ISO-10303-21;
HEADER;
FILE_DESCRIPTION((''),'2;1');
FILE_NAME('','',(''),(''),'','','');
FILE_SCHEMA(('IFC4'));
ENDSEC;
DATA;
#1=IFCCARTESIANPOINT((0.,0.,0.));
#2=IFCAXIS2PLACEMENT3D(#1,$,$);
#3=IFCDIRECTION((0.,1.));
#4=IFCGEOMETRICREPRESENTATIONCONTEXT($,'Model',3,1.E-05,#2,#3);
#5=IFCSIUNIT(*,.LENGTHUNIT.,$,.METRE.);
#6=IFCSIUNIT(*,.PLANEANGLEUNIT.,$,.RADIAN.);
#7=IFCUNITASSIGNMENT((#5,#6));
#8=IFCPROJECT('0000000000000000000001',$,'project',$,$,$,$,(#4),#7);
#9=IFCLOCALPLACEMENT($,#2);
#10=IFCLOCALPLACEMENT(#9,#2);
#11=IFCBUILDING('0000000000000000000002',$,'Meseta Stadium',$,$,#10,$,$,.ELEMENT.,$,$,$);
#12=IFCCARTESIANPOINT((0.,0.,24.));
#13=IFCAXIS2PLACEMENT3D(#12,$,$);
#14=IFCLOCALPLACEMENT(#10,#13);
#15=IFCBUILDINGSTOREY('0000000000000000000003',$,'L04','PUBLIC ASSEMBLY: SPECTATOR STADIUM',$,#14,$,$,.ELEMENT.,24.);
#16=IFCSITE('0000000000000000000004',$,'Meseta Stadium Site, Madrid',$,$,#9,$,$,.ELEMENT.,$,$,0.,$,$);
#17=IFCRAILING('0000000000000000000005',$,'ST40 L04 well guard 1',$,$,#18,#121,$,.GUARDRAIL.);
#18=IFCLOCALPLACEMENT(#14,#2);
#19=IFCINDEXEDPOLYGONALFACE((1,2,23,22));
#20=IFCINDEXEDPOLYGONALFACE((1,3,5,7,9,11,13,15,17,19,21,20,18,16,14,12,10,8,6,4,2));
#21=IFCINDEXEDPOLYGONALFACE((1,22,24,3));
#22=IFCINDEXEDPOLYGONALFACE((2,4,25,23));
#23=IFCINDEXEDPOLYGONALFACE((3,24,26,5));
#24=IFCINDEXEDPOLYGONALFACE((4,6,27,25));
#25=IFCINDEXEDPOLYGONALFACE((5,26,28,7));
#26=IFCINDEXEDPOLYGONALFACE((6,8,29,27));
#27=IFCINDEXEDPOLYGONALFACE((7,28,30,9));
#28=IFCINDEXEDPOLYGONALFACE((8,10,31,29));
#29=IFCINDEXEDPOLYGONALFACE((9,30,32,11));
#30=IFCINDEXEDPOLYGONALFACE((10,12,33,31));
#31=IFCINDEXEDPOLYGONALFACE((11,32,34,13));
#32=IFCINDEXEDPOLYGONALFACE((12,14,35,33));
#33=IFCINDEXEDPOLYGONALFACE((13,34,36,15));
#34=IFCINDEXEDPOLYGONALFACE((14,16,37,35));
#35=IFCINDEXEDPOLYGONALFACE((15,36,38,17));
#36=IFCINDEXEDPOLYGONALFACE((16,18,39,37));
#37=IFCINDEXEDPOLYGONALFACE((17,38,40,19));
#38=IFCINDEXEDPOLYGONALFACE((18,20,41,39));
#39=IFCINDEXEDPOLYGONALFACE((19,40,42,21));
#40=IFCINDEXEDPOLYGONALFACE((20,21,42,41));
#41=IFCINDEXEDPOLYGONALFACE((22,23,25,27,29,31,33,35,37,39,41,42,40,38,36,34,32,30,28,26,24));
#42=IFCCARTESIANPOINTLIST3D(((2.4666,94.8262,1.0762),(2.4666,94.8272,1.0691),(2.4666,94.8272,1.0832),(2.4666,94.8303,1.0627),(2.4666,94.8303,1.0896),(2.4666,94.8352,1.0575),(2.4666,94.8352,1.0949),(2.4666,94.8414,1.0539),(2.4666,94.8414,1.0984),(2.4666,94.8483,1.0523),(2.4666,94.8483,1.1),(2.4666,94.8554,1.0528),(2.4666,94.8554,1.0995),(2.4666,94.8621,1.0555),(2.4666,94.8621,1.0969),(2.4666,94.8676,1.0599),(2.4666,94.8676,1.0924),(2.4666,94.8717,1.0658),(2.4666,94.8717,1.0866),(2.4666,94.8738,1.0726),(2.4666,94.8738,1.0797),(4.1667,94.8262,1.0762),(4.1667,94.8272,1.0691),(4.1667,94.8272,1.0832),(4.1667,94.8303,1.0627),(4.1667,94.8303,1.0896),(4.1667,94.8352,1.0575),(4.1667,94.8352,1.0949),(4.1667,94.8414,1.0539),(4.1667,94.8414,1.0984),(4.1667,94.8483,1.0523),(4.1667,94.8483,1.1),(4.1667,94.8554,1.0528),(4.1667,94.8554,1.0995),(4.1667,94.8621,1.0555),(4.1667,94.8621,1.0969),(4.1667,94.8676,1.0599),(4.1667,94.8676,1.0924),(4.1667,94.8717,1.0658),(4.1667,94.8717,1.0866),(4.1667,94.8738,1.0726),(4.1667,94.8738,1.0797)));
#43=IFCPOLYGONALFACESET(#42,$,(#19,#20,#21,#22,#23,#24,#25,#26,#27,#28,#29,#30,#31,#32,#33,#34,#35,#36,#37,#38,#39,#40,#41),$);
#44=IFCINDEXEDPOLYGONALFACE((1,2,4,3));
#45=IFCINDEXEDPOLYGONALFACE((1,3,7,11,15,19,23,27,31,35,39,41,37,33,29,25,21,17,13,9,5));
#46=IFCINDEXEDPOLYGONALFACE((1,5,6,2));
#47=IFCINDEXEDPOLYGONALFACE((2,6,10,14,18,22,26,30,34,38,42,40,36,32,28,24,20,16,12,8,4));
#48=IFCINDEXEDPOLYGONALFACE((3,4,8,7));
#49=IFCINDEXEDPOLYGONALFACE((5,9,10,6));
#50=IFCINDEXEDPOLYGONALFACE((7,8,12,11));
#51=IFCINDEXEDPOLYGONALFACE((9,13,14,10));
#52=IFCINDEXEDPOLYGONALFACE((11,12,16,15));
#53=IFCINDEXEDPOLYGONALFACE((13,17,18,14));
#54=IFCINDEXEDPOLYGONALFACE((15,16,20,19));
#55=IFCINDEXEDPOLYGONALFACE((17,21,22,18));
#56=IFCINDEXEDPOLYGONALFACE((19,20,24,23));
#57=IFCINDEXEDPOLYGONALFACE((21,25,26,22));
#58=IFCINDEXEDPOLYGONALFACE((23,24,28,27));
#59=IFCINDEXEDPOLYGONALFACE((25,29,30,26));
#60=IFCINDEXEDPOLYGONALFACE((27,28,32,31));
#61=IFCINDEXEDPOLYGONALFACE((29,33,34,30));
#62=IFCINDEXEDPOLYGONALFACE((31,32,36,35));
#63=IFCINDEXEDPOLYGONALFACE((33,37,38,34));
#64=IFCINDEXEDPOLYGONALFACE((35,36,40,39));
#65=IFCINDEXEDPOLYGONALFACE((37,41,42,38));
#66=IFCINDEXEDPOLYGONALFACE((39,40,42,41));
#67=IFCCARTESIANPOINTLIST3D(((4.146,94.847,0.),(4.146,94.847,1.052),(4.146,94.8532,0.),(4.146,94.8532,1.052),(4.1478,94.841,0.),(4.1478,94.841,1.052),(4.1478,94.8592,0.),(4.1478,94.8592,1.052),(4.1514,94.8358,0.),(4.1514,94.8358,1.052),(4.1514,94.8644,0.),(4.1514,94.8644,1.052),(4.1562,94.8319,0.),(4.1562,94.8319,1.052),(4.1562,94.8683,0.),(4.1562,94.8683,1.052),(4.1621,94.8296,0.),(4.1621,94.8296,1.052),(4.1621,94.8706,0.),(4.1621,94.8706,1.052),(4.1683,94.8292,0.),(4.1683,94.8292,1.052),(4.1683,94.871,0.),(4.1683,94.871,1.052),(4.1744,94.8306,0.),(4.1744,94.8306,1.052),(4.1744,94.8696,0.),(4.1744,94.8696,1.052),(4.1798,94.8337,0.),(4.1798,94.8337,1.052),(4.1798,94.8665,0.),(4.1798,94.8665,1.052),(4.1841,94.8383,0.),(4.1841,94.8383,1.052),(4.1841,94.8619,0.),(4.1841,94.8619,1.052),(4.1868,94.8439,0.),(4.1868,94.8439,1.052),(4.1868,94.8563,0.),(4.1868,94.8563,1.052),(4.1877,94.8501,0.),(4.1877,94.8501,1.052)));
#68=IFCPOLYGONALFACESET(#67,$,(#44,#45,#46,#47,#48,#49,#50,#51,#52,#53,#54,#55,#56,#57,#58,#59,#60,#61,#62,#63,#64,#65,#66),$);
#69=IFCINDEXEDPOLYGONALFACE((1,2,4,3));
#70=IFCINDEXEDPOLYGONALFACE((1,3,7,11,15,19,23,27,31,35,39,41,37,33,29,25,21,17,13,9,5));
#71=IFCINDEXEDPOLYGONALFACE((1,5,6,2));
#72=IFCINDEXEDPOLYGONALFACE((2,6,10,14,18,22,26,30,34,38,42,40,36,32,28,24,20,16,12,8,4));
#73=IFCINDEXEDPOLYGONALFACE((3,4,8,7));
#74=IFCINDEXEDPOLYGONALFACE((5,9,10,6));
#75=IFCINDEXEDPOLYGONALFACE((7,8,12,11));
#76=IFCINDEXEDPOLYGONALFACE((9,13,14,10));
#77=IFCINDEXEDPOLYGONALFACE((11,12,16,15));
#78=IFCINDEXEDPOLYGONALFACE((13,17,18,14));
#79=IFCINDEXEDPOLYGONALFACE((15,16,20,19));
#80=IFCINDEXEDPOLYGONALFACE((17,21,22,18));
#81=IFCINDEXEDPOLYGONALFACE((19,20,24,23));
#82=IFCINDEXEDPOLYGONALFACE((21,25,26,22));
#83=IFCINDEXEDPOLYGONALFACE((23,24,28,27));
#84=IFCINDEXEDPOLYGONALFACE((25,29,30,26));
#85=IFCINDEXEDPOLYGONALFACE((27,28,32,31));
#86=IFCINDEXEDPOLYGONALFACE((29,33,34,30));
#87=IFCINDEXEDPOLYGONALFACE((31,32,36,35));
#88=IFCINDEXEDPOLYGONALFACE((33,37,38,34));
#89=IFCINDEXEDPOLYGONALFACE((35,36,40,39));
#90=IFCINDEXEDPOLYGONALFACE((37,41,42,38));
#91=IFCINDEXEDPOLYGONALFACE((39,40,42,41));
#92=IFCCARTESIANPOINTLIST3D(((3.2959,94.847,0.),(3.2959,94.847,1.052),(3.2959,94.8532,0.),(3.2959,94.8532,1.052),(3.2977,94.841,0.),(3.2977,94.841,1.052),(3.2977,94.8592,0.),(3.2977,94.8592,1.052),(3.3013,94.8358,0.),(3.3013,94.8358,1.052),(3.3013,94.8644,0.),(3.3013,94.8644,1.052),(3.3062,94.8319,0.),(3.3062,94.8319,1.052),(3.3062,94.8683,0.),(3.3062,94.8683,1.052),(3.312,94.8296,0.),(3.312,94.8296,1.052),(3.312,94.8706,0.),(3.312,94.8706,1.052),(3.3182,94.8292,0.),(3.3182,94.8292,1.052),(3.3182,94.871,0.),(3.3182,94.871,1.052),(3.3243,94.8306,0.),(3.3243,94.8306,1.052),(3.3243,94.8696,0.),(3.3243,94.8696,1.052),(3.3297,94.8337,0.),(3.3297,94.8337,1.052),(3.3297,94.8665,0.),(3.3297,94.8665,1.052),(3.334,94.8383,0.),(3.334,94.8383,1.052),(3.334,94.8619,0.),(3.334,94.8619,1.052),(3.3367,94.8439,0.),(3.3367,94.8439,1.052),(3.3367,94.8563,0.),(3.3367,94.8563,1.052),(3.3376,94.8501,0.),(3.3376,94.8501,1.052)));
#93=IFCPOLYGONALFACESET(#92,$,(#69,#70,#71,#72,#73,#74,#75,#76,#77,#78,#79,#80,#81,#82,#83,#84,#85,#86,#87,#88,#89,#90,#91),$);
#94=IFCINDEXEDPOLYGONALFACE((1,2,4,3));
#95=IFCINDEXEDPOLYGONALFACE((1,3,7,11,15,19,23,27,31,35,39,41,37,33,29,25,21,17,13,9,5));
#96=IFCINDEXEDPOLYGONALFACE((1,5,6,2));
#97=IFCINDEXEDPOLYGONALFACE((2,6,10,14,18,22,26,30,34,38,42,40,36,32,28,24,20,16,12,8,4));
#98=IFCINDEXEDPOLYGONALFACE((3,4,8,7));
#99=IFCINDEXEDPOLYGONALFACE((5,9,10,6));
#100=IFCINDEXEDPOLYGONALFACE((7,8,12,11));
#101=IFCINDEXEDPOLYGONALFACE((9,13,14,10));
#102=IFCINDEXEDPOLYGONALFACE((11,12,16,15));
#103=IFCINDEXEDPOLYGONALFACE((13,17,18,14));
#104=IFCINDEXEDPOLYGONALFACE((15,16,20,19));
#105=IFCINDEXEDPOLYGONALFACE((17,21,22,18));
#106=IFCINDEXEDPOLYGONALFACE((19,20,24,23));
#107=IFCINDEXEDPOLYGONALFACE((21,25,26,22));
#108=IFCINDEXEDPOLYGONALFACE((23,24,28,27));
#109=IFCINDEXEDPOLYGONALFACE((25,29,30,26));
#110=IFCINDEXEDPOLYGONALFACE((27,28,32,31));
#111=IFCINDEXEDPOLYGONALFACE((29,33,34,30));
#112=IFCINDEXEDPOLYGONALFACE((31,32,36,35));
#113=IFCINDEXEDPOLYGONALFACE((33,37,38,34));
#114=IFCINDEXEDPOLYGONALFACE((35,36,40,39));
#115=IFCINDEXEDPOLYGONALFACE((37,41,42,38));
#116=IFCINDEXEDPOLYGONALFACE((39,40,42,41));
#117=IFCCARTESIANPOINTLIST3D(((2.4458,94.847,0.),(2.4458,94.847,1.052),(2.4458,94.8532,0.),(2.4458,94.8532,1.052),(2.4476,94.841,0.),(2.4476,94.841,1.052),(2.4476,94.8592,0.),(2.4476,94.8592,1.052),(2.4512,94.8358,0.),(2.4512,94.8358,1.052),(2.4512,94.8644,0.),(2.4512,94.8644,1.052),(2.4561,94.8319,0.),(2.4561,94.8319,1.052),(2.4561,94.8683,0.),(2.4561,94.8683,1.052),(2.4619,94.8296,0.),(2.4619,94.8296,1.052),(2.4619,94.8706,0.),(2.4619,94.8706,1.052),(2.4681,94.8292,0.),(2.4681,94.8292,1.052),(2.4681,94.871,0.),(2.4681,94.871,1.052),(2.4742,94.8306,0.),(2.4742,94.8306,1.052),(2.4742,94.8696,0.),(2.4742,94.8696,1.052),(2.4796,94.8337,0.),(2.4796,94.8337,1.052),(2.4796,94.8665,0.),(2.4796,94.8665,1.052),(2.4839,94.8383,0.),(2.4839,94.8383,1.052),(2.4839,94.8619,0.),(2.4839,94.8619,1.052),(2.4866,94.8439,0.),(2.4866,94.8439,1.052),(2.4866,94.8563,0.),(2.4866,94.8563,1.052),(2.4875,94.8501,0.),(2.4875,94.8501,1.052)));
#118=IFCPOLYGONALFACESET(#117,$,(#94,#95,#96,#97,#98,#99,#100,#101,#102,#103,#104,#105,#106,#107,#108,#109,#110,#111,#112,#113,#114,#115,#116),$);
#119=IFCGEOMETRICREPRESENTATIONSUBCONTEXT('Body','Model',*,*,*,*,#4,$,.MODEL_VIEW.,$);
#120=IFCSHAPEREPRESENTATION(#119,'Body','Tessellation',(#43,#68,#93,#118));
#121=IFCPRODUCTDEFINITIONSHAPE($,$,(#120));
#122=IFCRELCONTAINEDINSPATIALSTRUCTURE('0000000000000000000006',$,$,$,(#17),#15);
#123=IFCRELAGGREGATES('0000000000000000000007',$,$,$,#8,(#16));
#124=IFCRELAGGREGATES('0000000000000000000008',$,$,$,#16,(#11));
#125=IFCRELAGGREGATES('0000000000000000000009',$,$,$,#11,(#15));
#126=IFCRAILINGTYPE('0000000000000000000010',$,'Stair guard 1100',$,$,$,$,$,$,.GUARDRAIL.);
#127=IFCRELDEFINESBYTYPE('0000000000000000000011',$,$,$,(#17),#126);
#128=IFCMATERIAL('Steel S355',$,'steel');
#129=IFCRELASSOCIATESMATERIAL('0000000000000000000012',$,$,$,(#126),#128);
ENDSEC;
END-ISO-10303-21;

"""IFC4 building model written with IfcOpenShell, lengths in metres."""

from ifc_helpers import new_model, si_unit, direction, frame, origin, origin_2d, place, context, subcontext, project, spatial, circle, extrude, material, type_object, element, save


model = new_model("IFC4")

# Units and contexts
model_context = context("Model", 3, precision=1e-05, world=origin(), true_north=direction((0.0, 1.0)))
body_context = subcontext(model_context, "Body", "Model", "MODEL_VIEW")
ifc_project = project(units=[si_unit("LENGTHUNIT", "METRE"), si_unit("PLANEANGLEUNIT", "RADIAN")], contexts=[model_context])

# Site, building, storey
site_placement = place(None, origin())
site = spatial("IfcSite", under=ifc_project, at=site_placement, Name="Meseta Stadium Site, Madrid", CompositionType="ELEMENT", RefElevation=0.0)
building_placement = place(site_placement, origin())
building = spatial("IfcBuilding", under=site, at=building_placement, Name="Meseta Stadium", CompositionType="ELEMENT")
storey_placement = place(building_placement, frame((0.0, 0.0, 24.0)))
storey = spatial("IfcBuildingStorey", under=building, at=storey_placement, Name="L04", Description="PUBLIC ASSEMBLY: SPECTATOR STADIUM", CompositionType="ELEMENT", Elevation=24.0)

# Railing
ifc_material_1 = material(Name="Steel S355", Category="steel")
railing_type = type_object("IfcRailingType", Name="Stair guard 1100", PredefinedType="GUARDRAIL", material=ifc_material_1)
railing_placement = place(storey_placement, frame((4.1667, 94.8501, 0.0)))
element("IfcRailing", 1, at=railing_placement, inside=storey, type_object=railing_type, Name="ST40 L04 well guard 1", PredefinedType="GUARDRAIL", context=body_context, shape_type="SweptSolid", body=[
    extrude(circle(Radius=0.0239, at=origin_2d()), frame((0.0, 0.0, 1.0762), z_axis=(-1.0, 0.0, 0.0), x_axis=(0.0, -1.0, 0.0)), (0.0, 0.0, 1.0), 1.7002),
    extrude(circle(Radius=0.021, at=origin_2d()), origin(), (0.0, 0.0, 1.0), 1.052),
    extrude(circle(Radius=0.021, at=origin_2d()), frame((-0.8501, 0.0, 0.0)), (0.0, 0.0, 1.0), 1.052),
    extrude(circle(Radius=0.021, at=origin_2d()), frame((-1.7002, 0.0, 0.0)), (0.0, 0.0, 1.0), 1.052),
])

save(model, "model.ifc")
